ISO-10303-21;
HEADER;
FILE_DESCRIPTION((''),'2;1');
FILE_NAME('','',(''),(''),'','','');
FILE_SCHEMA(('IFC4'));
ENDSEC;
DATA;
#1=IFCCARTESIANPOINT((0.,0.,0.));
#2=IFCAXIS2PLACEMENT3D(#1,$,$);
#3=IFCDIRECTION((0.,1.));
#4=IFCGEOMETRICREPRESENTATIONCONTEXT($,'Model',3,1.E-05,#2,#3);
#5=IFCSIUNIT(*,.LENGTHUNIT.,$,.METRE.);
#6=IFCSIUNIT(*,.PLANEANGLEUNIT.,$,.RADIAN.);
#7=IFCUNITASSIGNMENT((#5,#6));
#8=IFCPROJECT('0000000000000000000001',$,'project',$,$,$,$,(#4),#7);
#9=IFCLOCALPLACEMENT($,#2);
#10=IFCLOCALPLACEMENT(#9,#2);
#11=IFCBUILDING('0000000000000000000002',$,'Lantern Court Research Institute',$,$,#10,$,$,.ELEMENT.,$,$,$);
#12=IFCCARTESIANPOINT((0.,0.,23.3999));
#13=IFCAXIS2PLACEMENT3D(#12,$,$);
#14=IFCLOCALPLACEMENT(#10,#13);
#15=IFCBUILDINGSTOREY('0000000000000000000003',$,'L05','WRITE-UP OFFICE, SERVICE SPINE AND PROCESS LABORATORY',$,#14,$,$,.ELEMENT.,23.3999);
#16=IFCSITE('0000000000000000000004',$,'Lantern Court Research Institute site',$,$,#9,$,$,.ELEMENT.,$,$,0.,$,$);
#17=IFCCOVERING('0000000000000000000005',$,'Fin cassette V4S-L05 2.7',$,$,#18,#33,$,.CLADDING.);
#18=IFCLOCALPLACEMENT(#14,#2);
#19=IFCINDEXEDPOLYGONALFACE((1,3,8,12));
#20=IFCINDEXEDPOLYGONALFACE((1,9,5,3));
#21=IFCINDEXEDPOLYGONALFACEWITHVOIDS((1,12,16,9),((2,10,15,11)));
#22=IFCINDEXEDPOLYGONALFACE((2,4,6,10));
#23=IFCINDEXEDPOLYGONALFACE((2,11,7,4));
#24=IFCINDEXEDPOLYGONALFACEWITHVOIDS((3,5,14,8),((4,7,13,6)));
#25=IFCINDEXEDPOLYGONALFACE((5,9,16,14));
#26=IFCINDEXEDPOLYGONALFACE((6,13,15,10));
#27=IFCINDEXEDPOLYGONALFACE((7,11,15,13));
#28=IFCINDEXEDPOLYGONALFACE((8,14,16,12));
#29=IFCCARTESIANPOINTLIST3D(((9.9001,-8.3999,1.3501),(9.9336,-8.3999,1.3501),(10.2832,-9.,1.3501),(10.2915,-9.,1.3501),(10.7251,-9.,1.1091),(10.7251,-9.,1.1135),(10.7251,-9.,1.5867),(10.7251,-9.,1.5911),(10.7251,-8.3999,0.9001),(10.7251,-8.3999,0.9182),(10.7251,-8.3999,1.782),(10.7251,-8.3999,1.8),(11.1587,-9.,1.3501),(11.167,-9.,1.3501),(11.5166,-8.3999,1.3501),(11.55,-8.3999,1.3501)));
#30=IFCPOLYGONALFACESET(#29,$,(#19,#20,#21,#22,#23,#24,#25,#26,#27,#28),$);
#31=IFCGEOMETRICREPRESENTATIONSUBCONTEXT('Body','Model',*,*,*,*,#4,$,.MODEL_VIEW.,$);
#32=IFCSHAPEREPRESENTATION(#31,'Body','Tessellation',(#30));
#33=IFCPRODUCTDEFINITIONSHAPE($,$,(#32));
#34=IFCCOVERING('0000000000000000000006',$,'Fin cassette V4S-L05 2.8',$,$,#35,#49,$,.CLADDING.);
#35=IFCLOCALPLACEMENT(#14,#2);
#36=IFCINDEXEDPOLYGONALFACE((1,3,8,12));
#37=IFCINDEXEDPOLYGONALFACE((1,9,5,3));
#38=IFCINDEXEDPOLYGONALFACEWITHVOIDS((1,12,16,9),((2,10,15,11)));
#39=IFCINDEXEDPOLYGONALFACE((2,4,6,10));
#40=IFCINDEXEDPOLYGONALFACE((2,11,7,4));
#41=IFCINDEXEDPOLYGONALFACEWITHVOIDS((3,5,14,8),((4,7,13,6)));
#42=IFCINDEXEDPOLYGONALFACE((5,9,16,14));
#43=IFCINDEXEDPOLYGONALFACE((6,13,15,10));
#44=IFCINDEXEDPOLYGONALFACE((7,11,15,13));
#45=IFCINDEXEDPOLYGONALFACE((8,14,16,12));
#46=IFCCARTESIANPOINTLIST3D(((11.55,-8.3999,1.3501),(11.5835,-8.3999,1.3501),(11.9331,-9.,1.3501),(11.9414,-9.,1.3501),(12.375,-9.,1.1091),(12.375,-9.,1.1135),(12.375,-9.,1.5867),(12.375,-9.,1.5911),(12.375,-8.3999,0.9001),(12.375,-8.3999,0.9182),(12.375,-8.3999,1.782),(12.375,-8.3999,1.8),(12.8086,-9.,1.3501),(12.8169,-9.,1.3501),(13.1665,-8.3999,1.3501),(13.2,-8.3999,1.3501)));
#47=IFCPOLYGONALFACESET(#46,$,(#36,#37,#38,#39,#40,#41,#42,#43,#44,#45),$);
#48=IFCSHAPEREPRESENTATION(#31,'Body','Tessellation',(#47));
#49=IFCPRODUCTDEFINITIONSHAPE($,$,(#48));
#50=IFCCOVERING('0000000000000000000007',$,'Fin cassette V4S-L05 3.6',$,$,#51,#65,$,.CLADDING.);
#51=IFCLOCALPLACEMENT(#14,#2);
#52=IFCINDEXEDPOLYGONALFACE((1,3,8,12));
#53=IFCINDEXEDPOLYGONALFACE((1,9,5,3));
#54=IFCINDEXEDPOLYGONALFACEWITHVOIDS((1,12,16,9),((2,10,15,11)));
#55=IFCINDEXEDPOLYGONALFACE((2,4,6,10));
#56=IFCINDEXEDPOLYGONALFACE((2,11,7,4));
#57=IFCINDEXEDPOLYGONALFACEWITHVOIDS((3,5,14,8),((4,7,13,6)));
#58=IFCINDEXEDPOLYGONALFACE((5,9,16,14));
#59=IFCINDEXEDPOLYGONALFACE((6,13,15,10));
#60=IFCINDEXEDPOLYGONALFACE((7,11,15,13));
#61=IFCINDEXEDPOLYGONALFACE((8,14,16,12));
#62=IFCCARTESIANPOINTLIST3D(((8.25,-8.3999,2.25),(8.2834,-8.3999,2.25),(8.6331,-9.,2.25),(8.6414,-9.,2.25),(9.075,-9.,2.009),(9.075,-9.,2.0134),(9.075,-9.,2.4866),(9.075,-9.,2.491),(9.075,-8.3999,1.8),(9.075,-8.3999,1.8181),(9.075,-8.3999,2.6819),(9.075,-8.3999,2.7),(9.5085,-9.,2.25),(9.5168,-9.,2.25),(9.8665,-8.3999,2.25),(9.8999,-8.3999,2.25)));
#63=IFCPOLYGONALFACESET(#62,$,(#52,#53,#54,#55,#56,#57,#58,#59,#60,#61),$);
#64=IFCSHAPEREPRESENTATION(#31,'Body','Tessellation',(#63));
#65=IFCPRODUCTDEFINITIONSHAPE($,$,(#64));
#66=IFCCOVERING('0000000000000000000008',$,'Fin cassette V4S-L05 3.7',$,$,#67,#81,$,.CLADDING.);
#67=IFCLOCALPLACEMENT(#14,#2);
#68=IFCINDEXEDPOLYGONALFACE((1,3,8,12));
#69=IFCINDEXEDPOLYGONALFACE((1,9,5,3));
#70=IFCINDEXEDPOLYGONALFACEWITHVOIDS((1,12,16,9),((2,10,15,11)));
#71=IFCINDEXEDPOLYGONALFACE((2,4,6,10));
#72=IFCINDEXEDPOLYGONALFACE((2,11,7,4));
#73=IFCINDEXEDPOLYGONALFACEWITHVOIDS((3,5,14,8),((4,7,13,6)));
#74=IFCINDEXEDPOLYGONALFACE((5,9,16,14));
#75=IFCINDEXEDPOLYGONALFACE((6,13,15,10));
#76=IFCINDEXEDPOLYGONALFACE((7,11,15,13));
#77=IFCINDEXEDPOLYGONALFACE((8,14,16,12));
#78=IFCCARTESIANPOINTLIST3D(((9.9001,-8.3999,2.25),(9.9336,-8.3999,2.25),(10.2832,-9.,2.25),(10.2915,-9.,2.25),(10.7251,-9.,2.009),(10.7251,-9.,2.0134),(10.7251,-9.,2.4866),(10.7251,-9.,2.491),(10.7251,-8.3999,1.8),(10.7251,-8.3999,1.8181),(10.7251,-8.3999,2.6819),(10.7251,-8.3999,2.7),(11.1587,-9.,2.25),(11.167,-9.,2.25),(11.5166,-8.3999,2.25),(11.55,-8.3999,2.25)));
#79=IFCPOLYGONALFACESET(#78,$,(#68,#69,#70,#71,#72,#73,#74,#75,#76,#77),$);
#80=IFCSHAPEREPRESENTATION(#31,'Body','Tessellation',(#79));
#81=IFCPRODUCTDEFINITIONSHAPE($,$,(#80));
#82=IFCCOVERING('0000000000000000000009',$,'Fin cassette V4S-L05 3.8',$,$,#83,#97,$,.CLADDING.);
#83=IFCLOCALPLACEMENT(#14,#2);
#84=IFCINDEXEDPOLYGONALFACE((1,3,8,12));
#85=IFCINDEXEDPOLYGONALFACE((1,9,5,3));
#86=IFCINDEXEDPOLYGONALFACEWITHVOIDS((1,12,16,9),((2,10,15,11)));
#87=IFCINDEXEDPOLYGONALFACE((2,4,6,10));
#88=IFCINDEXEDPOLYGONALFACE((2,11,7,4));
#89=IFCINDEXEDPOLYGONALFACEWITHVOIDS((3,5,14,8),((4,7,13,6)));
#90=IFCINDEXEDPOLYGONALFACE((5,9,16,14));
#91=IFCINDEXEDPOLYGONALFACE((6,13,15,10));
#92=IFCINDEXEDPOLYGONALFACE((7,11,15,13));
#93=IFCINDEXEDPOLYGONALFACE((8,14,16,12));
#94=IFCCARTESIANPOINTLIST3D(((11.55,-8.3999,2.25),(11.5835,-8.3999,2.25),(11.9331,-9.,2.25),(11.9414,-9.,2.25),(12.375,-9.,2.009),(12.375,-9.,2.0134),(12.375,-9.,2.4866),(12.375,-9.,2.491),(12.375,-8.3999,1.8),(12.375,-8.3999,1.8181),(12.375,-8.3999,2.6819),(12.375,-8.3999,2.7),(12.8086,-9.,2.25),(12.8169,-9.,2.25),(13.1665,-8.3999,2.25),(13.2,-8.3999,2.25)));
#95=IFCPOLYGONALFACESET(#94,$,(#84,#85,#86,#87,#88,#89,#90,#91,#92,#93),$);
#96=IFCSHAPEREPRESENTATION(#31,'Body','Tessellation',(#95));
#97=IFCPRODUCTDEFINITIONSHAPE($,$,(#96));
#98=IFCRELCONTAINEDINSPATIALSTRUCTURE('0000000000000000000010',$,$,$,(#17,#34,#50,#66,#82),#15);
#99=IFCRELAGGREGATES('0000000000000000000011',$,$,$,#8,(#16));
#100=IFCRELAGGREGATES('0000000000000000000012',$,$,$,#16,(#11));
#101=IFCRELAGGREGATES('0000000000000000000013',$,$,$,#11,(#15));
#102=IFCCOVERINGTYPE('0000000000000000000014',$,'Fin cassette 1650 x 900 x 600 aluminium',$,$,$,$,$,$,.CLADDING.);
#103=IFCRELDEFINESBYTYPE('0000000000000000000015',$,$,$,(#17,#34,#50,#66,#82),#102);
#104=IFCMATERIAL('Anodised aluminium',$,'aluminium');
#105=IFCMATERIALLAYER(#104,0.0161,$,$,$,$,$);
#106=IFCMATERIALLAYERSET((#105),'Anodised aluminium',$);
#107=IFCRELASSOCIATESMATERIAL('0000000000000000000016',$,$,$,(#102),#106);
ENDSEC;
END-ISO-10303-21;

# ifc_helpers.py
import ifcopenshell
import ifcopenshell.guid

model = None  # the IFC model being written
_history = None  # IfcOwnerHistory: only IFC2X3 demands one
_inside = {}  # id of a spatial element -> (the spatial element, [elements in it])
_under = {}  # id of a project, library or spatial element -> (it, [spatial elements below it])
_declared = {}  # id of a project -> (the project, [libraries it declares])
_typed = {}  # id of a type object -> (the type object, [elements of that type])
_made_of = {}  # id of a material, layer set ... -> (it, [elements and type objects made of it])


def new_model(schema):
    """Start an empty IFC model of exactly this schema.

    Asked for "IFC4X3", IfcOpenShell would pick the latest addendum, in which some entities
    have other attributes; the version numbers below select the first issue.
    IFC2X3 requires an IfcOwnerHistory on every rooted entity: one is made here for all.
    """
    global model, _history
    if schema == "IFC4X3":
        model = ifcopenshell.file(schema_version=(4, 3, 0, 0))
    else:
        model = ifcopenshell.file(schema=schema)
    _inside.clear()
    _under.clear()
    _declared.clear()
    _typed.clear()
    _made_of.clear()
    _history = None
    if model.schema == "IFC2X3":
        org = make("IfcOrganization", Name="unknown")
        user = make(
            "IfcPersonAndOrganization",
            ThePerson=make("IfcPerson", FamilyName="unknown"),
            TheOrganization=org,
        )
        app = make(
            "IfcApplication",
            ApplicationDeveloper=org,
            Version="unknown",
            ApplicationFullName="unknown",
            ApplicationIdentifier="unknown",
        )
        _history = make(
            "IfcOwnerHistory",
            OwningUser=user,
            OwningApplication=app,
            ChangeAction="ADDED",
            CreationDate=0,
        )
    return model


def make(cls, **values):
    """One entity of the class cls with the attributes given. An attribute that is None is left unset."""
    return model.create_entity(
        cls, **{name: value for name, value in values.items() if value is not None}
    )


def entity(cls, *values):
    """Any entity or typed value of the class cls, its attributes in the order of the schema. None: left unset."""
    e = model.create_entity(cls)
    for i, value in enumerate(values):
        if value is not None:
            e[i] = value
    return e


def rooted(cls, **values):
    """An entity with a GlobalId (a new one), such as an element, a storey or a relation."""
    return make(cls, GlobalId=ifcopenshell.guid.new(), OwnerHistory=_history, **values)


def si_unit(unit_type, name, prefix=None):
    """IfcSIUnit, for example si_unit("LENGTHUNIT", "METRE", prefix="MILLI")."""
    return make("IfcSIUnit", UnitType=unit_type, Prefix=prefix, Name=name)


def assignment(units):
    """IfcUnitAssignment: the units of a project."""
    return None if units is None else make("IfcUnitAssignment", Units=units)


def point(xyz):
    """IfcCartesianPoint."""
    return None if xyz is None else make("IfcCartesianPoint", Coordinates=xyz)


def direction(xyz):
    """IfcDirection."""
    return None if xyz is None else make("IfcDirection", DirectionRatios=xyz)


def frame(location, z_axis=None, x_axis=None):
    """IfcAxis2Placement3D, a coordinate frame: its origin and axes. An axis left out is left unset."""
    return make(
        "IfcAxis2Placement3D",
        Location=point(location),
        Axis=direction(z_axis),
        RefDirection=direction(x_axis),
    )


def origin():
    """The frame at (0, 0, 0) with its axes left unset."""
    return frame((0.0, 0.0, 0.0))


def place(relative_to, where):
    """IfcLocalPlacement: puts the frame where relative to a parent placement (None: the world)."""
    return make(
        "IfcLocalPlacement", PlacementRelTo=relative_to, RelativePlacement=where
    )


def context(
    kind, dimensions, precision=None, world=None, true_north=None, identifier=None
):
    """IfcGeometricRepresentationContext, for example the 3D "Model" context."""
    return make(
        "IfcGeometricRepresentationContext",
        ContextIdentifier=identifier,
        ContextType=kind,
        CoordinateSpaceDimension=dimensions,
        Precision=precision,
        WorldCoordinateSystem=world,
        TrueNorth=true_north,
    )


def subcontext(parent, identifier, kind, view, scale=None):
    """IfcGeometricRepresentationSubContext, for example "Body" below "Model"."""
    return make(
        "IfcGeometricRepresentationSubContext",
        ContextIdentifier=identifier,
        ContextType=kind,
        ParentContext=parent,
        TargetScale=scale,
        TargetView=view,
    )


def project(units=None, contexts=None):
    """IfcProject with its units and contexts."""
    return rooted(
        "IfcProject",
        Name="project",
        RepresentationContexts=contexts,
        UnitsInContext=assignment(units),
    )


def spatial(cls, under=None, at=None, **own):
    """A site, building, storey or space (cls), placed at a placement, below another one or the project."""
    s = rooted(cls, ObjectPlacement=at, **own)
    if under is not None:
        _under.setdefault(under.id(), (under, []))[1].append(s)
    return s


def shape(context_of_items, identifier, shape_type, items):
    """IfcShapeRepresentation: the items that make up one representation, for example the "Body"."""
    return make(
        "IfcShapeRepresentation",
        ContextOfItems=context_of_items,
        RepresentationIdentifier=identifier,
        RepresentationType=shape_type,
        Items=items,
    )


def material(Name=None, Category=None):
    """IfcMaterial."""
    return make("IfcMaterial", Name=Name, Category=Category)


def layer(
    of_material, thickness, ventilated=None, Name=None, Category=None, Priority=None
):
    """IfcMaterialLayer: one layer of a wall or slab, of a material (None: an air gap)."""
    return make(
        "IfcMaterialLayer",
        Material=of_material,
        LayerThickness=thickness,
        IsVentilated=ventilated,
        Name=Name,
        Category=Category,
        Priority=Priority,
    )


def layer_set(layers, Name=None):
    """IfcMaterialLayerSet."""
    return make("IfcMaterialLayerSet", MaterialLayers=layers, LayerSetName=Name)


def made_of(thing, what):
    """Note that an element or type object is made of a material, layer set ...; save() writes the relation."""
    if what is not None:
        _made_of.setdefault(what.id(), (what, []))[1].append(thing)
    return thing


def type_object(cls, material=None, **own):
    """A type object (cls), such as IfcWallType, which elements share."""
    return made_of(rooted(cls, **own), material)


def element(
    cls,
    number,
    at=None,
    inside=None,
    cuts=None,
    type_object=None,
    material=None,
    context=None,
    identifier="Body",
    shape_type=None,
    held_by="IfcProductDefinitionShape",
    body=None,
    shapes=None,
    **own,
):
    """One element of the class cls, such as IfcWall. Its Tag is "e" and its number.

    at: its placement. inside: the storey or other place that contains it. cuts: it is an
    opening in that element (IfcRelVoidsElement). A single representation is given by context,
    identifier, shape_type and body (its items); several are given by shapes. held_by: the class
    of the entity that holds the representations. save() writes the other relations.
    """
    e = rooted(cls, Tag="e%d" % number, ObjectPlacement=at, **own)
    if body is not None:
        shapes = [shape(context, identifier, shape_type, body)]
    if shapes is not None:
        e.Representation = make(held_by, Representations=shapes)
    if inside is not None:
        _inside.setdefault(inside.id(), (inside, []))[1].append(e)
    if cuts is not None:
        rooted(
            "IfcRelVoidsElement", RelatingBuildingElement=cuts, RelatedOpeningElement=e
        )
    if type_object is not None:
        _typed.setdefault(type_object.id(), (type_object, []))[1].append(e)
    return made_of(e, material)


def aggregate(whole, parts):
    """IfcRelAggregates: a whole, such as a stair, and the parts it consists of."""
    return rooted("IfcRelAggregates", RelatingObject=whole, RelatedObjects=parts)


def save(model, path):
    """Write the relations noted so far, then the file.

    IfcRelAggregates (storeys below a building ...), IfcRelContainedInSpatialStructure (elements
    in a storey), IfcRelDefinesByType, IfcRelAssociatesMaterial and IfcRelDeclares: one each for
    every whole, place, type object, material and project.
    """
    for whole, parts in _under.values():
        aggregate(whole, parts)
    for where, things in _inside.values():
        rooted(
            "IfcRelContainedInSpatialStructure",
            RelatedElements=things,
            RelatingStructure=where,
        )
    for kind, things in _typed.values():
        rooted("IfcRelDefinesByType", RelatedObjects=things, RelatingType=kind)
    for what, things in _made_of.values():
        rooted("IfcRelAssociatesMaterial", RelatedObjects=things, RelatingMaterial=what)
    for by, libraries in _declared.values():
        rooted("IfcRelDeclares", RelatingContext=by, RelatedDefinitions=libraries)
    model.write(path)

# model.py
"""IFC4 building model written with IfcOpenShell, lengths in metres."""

from ifc_helpers import new_model, entity, si_unit, direction, frame, origin, place, context, subcontext, project, spatial, material, layer, layer_set, type_object, element, save


model = new_model("IFC4")

# Units and contexts
model_context = context("Model", 3, precision=1e-05, world=origin(), true_north=direction((0.0, 1.0)))
body_context = subcontext(model_context, "Body", "Model", "MODEL_VIEW")
ifc_project = project(units=[si_unit("LENGTHUNIT", "METRE"), si_unit("PLANEANGLEUNIT", "RADIAN")], contexts=[model_context])

# Site, building, storey
site_placement = place(None, origin())
site = spatial("IfcSite", under=ifc_project, at=site_placement, Name="Lantern Court Research Institute site", CompositionType="ELEMENT", RefElevation=0.0)
building_placement = place(site_placement, origin())
building = spatial("IfcBuilding", under=site, at=building_placement, Name="Lantern Court Research Institute", CompositionType="ELEMENT")
storey_placement = place(building_placement, frame((0.0, 0.0, 23.3999)))
storey = spatial("IfcBuildingStorey", under=building, at=storey_placement, Name="L05", Description="WRITE-UP OFFICE, SERVICE SPINE AND PROCESS LABORATORY", CompositionType="ELEMENT", Elevation=23.3999)

# Coverings
ifc_material_1 = material(Name="Anodised aluminium", Category="aluminium")
ifc_layer_1 = layer(ifc_material_1, 0.0161)
ifc_layer_set_1 = layer_set([ifc_layer_1], Name="Anodised aluminium")
covering_type = type_object("IfcCoveringType", Name="Fin cassette 1650 x 900 x 600 aluminium", PredefinedType="CLADDING", material=ifc_layer_set_1)
covering_1_placement = place(storey_placement, frame((10.7251, -8.3999, 1.3501), z_axis=(0.0, -1.0, 0.0), x_axis=(1.0, 0.0, 0.0)))
cartesian_point_1 = entity("IfcCartesianPoint", [0.825, 0.0])
cartesian_point_2 = entity("IfcCartesianPoint", [0.7915, 0.0])
cartesian_point_3 = entity("IfcCartesianPoint", [0.4419, 0.0])
cartesian_point_4 = entity("IfcCartesianPoint", [0.4336, 0.0])
element("IfcCovering", 1, at=covering_1_placement, inside=storey, type_object=covering_type, Name="Fin cassette V4S-L05 2.7", PredefinedType="CLADDING", context=body_context, shape_type="SweptSolid", body=[
    entity("IfcExtrudedAreaSolidTapered", entity("IfcArbitraryProfileDefWithVoids", "AREA", None, entity("IfcPolyline", [cartesian_point_1, entity("IfcCartesianPoint", [0.0, 0.45]), entity("IfcCartesianPoint", [-0.825, 0.0]), entity("IfcCartesianPoint", [0.0, -0.45]), cartesian_point_1]), [entity("IfcPolyline", [cartesian_point_2, entity("IfcCartesianPoint", [0.0, 0.4319]), entity("IfcCartesianPoint", [-0.7915, 0.0]), entity("IfcCartesianPoint", [0.0, -0.4319]), cartesian_point_2])]), entity("IfcAxis2Placement3D", entity("IfcCartesianPoint", [0.0, 0.0, 0.0])), entity("IfcDirection", [0.0, 0.0, 1.0]), 0.6001, entity("IfcArbitraryProfileDefWithVoids", "AREA", None, entity("IfcPolyline", [cartesian_point_3, entity("IfcCartesianPoint", [0.0, 0.241]), entity("IfcCartesianPoint", [-0.4419, 0.0]), entity("IfcCartesianPoint", [0.0, -0.241]), cartesian_point_3]), [entity("IfcPolyline", [cartesian_point_4, entity("IfcCartesianPoint", [0.0, 0.2366]), entity("IfcCartesianPoint", [-0.4336, 0.0]), entity("IfcCartesianPoint", [0.0, -0.2366]), cartesian_point_4])])),
])
covering_2_placement = place(storey_placement, frame((12.375, -8.3999, 1.3501), z_axis=(0.0, -1.0, 0.0), x_axis=(1.0, 0.0, 0.0)))
cartesian_point_5 = entity("IfcCartesianPoint", [0.825, 0.0])
cartesian_point_6 = entity("IfcCartesianPoint", [0.7915, 0.0])
cartesian_point_7 = entity("IfcCartesianPoint", [0.4419, 0.0])
cartesian_point_8 = entity("IfcCartesianPoint", [0.4336, 0.0])
element("IfcCovering", 2, at=covering_2_placement, inside=storey, type_object=covering_type, Name="Fin cassette V4S-L05 2.8", PredefinedType="CLADDING", context=body_context, shape_type="SweptSolid", body=[
    entity("IfcExtrudedAreaSolidTapered", entity("IfcArbitraryProfileDefWithVoids", "AREA", None, entity("IfcPolyline", [cartesian_point_5, entity("IfcCartesianPoint", [0.0, 0.45]), entity("IfcCartesianPoint", [-0.825, 0.0]), entity("IfcCartesianPoint", [0.0, -0.45]), cartesian_point_5]), [entity("IfcPolyline", [cartesian_point_6, entity("IfcCartesianPoint", [0.0, 0.4319]), entity("IfcCartesianPoint", [-0.7915, 0.0]), entity("IfcCartesianPoint", [0.0, -0.4319]), cartesian_point_6])]), entity("IfcAxis2Placement3D", entity("IfcCartesianPoint", [0.0, 0.0, 0.0])), entity("IfcDirection", [0.0, 0.0, 1.0]), 0.6001, entity("IfcArbitraryProfileDefWithVoids", "AREA", None, entity("IfcPolyline", [cartesian_point_7, entity("IfcCartesianPoint", [0.0, 0.241]), entity("IfcCartesianPoint", [-0.4419, 0.0]), entity("IfcCartesianPoint", [0.0, -0.241]), cartesian_point_7]), [entity("IfcPolyline", [cartesian_point_8, entity("IfcCartesianPoint", [0.0, 0.2366]), entity("IfcCartesianPoint", [-0.4336, 0.0]), entity("IfcCartesianPoint", [0.0, -0.2366]), cartesian_point_8])])),
])
covering_3_placement = place(storey_placement, frame((9.075, -8.3999, 2.25), z_axis=(0.0, -1.0, 0.0), x_axis=(1.0, 0.0, 0.0)))
cartesian_point_9 = entity("IfcCartesianPoint", [0.825, 0.0])
cartesian_point_10 = entity("IfcCartesianPoint", [0.7915, 0.0])
cartesian_point_11 = entity("IfcCartesianPoint", [0.4419, 0.0])
cartesian_point_12 = entity("IfcCartesianPoint", [0.4336, 0.0])
element("IfcCovering", 3, at=covering_3_placement, inside=storey, type_object=covering_type, Name="Fin cassette V4S-L05 3.6", PredefinedType="CLADDING", context=body_context, shape_type="SweptSolid", body=[
    entity("IfcExtrudedAreaSolidTapered", entity("IfcArbitraryProfileDefWithVoids", "AREA", None, entity("IfcPolyline", [cartesian_point_9, entity("IfcCartesianPoint", [0.0, 0.45]), entity("IfcCartesianPoint", [-0.825, 0.0]), entity("IfcCartesianPoint", [0.0, -0.45]), cartesian_point_9]), [entity("IfcPolyline", [cartesian_point_10, entity("IfcCartesianPoint", [0.0, 0.4319]), entity("IfcCartesianPoint", [-0.7915, 0.0]), entity("IfcCartesianPoint", [0.0, -0.4319]), cartesian_point_10])]), entity("IfcAxis2Placement3D", entity("IfcCartesianPoint", [0.0, 0.0, 0.0])), entity("IfcDirection", [0.0, 0.0, 1.0]), 0.6001, entity("IfcArbitraryProfileDefWithVoids", "AREA", None, entity("IfcPolyline", [cartesian_point_11, entity("IfcCartesianPoint", [0.0, 0.241]), entity("IfcCartesianPoint", [-0.4419, 0.0]), entity("IfcCartesianPoint", [0.0, -0.241]), cartesian_point_11]), [entity("IfcPolyline", [cartesian_point_12, entity("IfcCartesianPoint", [0.0, 0.2366]), entity("IfcCartesianPoint", [-0.4336, 0.0]), entity("IfcCartesianPoint", [0.0, -0.2366]), cartesian_point_12])])),
])
covering_4_placement = place(storey_placement, frame((10.7251, -8.3999, 2.25), z_axis=(0.0, -1.0, 0.0), x_axis=(1.0, 0.0, 0.0)))
cartesian_point_13 = entity("IfcCartesianPoint", [0.825, 0.0])
cartesian_point_14 = entity("IfcCartesianPoint", [0.7915, 0.0])
cartesian_point_15 = entity("IfcCartesianPoint", [0.4419, 0.0])
cartesian_point_16 = entity("IfcCartesianPoint", [0.4336, 0.0])
element("IfcCovering", 4, at=covering_4_placement, inside=storey, type_object=covering_type, Name="Fin cassette V4S-L05 3.7", PredefinedType="CLADDING", context=body_context, shape_type="SweptSolid", body=[
    entity("IfcExtrudedAreaSolidTapered", entity("IfcArbitraryProfileDefWithVoids", "AREA", None, entity("IfcPolyline", [cartesian_point_13, entity("IfcCartesianPoint", [0.0, 0.45]), entity("IfcCartesianPoint", [-0.825, 0.0]), entity("IfcCartesianPoint", [0.0, -0.45]), cartesian_point_13]), [entity("IfcPolyline", [cartesian_point_14, entity("IfcCartesianPoint", [0.0, 0.4319]), entity("IfcCartesianPoint", [-0.7915, 0.0]), entity("IfcCartesianPoint", [0.0, -0.4319]), cartesian_point_14])]), entity("IfcAxis2Placement3D", entity("IfcCartesianPoint", [0.0, 0.0, 0.0])), entity("IfcDirection", [0.0, 0.0, 1.0]), 0.6001, entity("IfcArbitraryProfileDefWithVoids", "AREA", None, entity("IfcPolyline", [cartesian_point_15, entity("IfcCartesianPoint", [0.0, 0.241]), entity("IfcCartesianPoint", [-0.4419, 0.0]), entity("IfcCartesianPoint", [0.0, -0.241]), cartesian_point_15]), [entity("IfcPolyline", [cartesian_point_16, entity("IfcCartesianPoint", [0.0, 0.2366]), entity("IfcCartesianPoint", [-0.4336, 0.0]), entity("IfcCartesianPoint", [0.0, -0.2366]), cartesian_point_16])])),
])
covering_5_placement = place(storey_placement, frame((12.375, -8.3999, 2.25), z_axis=(0.0, -1.0, 0.0), x_axis=(1.0, 0.0, 0.0)))
cartesian_point_17 = entity("IfcCartesianPoint", [0.825, 0.0])
cartesian_point_18 = entity("IfcCartesianPoint", [0.7915, 0.0])
cartesian_point_19 = entity("IfcCartesianPoint", [0.4419, 0.0])
cartesian_point_20 = entity("IfcCartesianPoint", [0.4336, 0.0])
element("IfcCovering", 5, at=covering_5_placement, inside=storey, type_object=covering_type, Name="Fin cassette V4S-L05 3.8", PredefinedType="CLADDING", context=body_context, shape_type="SweptSolid", body=[
    entity("IfcExtrudedAreaSolidTapered", entity("IfcArbitraryProfileDefWithVoids", "AREA", None, entity("IfcPolyline", [cartesian_point_17, entity("IfcCartesianPoint", [0.0, 0.45]), entity("IfcCartesianPoint", [-0.825, 0.0]), entity("IfcCartesianPoint", [0.0, -0.45]), cartesian_point_17]), [entity("IfcPolyline", [cartesian_point_18, entity("IfcCartesianPoint", [0.0, 0.4319]), entity("IfcCartesianPoint", [-0.7915, 0.0]), entity("IfcCartesianPoint", [0.0, -0.4319]), cartesian_point_18])]), entity("IfcAxis2Placement3D", entity("IfcCartesianPoint", [0.0, 0.0, 0.0])), entity("IfcDirection", [0.0, 0.0, 1.0]), 0.6001, entity("IfcArbitraryProfileDefWithVoids", "AREA", None, entity("IfcPolyline", [cartesian_point_19, entity("IfcCartesianPoint", [0.0, 0.241]), entity("IfcCartesianPoint", [-0.4419, 0.0]), entity("IfcCartesianPoint", [0.0, -0.241]), cartesian_point_19]), [entity("IfcPolyline", [cartesian_point_20, entity("IfcCartesianPoint", [0.0, 0.2366]), entity("IfcCartesianPoint", [-0.4336, 0.0]), entity("IfcCartesianPoint", [0.0, -0.2366]), cartesian_point_20])])),
])

save(model, "model.ifc")
